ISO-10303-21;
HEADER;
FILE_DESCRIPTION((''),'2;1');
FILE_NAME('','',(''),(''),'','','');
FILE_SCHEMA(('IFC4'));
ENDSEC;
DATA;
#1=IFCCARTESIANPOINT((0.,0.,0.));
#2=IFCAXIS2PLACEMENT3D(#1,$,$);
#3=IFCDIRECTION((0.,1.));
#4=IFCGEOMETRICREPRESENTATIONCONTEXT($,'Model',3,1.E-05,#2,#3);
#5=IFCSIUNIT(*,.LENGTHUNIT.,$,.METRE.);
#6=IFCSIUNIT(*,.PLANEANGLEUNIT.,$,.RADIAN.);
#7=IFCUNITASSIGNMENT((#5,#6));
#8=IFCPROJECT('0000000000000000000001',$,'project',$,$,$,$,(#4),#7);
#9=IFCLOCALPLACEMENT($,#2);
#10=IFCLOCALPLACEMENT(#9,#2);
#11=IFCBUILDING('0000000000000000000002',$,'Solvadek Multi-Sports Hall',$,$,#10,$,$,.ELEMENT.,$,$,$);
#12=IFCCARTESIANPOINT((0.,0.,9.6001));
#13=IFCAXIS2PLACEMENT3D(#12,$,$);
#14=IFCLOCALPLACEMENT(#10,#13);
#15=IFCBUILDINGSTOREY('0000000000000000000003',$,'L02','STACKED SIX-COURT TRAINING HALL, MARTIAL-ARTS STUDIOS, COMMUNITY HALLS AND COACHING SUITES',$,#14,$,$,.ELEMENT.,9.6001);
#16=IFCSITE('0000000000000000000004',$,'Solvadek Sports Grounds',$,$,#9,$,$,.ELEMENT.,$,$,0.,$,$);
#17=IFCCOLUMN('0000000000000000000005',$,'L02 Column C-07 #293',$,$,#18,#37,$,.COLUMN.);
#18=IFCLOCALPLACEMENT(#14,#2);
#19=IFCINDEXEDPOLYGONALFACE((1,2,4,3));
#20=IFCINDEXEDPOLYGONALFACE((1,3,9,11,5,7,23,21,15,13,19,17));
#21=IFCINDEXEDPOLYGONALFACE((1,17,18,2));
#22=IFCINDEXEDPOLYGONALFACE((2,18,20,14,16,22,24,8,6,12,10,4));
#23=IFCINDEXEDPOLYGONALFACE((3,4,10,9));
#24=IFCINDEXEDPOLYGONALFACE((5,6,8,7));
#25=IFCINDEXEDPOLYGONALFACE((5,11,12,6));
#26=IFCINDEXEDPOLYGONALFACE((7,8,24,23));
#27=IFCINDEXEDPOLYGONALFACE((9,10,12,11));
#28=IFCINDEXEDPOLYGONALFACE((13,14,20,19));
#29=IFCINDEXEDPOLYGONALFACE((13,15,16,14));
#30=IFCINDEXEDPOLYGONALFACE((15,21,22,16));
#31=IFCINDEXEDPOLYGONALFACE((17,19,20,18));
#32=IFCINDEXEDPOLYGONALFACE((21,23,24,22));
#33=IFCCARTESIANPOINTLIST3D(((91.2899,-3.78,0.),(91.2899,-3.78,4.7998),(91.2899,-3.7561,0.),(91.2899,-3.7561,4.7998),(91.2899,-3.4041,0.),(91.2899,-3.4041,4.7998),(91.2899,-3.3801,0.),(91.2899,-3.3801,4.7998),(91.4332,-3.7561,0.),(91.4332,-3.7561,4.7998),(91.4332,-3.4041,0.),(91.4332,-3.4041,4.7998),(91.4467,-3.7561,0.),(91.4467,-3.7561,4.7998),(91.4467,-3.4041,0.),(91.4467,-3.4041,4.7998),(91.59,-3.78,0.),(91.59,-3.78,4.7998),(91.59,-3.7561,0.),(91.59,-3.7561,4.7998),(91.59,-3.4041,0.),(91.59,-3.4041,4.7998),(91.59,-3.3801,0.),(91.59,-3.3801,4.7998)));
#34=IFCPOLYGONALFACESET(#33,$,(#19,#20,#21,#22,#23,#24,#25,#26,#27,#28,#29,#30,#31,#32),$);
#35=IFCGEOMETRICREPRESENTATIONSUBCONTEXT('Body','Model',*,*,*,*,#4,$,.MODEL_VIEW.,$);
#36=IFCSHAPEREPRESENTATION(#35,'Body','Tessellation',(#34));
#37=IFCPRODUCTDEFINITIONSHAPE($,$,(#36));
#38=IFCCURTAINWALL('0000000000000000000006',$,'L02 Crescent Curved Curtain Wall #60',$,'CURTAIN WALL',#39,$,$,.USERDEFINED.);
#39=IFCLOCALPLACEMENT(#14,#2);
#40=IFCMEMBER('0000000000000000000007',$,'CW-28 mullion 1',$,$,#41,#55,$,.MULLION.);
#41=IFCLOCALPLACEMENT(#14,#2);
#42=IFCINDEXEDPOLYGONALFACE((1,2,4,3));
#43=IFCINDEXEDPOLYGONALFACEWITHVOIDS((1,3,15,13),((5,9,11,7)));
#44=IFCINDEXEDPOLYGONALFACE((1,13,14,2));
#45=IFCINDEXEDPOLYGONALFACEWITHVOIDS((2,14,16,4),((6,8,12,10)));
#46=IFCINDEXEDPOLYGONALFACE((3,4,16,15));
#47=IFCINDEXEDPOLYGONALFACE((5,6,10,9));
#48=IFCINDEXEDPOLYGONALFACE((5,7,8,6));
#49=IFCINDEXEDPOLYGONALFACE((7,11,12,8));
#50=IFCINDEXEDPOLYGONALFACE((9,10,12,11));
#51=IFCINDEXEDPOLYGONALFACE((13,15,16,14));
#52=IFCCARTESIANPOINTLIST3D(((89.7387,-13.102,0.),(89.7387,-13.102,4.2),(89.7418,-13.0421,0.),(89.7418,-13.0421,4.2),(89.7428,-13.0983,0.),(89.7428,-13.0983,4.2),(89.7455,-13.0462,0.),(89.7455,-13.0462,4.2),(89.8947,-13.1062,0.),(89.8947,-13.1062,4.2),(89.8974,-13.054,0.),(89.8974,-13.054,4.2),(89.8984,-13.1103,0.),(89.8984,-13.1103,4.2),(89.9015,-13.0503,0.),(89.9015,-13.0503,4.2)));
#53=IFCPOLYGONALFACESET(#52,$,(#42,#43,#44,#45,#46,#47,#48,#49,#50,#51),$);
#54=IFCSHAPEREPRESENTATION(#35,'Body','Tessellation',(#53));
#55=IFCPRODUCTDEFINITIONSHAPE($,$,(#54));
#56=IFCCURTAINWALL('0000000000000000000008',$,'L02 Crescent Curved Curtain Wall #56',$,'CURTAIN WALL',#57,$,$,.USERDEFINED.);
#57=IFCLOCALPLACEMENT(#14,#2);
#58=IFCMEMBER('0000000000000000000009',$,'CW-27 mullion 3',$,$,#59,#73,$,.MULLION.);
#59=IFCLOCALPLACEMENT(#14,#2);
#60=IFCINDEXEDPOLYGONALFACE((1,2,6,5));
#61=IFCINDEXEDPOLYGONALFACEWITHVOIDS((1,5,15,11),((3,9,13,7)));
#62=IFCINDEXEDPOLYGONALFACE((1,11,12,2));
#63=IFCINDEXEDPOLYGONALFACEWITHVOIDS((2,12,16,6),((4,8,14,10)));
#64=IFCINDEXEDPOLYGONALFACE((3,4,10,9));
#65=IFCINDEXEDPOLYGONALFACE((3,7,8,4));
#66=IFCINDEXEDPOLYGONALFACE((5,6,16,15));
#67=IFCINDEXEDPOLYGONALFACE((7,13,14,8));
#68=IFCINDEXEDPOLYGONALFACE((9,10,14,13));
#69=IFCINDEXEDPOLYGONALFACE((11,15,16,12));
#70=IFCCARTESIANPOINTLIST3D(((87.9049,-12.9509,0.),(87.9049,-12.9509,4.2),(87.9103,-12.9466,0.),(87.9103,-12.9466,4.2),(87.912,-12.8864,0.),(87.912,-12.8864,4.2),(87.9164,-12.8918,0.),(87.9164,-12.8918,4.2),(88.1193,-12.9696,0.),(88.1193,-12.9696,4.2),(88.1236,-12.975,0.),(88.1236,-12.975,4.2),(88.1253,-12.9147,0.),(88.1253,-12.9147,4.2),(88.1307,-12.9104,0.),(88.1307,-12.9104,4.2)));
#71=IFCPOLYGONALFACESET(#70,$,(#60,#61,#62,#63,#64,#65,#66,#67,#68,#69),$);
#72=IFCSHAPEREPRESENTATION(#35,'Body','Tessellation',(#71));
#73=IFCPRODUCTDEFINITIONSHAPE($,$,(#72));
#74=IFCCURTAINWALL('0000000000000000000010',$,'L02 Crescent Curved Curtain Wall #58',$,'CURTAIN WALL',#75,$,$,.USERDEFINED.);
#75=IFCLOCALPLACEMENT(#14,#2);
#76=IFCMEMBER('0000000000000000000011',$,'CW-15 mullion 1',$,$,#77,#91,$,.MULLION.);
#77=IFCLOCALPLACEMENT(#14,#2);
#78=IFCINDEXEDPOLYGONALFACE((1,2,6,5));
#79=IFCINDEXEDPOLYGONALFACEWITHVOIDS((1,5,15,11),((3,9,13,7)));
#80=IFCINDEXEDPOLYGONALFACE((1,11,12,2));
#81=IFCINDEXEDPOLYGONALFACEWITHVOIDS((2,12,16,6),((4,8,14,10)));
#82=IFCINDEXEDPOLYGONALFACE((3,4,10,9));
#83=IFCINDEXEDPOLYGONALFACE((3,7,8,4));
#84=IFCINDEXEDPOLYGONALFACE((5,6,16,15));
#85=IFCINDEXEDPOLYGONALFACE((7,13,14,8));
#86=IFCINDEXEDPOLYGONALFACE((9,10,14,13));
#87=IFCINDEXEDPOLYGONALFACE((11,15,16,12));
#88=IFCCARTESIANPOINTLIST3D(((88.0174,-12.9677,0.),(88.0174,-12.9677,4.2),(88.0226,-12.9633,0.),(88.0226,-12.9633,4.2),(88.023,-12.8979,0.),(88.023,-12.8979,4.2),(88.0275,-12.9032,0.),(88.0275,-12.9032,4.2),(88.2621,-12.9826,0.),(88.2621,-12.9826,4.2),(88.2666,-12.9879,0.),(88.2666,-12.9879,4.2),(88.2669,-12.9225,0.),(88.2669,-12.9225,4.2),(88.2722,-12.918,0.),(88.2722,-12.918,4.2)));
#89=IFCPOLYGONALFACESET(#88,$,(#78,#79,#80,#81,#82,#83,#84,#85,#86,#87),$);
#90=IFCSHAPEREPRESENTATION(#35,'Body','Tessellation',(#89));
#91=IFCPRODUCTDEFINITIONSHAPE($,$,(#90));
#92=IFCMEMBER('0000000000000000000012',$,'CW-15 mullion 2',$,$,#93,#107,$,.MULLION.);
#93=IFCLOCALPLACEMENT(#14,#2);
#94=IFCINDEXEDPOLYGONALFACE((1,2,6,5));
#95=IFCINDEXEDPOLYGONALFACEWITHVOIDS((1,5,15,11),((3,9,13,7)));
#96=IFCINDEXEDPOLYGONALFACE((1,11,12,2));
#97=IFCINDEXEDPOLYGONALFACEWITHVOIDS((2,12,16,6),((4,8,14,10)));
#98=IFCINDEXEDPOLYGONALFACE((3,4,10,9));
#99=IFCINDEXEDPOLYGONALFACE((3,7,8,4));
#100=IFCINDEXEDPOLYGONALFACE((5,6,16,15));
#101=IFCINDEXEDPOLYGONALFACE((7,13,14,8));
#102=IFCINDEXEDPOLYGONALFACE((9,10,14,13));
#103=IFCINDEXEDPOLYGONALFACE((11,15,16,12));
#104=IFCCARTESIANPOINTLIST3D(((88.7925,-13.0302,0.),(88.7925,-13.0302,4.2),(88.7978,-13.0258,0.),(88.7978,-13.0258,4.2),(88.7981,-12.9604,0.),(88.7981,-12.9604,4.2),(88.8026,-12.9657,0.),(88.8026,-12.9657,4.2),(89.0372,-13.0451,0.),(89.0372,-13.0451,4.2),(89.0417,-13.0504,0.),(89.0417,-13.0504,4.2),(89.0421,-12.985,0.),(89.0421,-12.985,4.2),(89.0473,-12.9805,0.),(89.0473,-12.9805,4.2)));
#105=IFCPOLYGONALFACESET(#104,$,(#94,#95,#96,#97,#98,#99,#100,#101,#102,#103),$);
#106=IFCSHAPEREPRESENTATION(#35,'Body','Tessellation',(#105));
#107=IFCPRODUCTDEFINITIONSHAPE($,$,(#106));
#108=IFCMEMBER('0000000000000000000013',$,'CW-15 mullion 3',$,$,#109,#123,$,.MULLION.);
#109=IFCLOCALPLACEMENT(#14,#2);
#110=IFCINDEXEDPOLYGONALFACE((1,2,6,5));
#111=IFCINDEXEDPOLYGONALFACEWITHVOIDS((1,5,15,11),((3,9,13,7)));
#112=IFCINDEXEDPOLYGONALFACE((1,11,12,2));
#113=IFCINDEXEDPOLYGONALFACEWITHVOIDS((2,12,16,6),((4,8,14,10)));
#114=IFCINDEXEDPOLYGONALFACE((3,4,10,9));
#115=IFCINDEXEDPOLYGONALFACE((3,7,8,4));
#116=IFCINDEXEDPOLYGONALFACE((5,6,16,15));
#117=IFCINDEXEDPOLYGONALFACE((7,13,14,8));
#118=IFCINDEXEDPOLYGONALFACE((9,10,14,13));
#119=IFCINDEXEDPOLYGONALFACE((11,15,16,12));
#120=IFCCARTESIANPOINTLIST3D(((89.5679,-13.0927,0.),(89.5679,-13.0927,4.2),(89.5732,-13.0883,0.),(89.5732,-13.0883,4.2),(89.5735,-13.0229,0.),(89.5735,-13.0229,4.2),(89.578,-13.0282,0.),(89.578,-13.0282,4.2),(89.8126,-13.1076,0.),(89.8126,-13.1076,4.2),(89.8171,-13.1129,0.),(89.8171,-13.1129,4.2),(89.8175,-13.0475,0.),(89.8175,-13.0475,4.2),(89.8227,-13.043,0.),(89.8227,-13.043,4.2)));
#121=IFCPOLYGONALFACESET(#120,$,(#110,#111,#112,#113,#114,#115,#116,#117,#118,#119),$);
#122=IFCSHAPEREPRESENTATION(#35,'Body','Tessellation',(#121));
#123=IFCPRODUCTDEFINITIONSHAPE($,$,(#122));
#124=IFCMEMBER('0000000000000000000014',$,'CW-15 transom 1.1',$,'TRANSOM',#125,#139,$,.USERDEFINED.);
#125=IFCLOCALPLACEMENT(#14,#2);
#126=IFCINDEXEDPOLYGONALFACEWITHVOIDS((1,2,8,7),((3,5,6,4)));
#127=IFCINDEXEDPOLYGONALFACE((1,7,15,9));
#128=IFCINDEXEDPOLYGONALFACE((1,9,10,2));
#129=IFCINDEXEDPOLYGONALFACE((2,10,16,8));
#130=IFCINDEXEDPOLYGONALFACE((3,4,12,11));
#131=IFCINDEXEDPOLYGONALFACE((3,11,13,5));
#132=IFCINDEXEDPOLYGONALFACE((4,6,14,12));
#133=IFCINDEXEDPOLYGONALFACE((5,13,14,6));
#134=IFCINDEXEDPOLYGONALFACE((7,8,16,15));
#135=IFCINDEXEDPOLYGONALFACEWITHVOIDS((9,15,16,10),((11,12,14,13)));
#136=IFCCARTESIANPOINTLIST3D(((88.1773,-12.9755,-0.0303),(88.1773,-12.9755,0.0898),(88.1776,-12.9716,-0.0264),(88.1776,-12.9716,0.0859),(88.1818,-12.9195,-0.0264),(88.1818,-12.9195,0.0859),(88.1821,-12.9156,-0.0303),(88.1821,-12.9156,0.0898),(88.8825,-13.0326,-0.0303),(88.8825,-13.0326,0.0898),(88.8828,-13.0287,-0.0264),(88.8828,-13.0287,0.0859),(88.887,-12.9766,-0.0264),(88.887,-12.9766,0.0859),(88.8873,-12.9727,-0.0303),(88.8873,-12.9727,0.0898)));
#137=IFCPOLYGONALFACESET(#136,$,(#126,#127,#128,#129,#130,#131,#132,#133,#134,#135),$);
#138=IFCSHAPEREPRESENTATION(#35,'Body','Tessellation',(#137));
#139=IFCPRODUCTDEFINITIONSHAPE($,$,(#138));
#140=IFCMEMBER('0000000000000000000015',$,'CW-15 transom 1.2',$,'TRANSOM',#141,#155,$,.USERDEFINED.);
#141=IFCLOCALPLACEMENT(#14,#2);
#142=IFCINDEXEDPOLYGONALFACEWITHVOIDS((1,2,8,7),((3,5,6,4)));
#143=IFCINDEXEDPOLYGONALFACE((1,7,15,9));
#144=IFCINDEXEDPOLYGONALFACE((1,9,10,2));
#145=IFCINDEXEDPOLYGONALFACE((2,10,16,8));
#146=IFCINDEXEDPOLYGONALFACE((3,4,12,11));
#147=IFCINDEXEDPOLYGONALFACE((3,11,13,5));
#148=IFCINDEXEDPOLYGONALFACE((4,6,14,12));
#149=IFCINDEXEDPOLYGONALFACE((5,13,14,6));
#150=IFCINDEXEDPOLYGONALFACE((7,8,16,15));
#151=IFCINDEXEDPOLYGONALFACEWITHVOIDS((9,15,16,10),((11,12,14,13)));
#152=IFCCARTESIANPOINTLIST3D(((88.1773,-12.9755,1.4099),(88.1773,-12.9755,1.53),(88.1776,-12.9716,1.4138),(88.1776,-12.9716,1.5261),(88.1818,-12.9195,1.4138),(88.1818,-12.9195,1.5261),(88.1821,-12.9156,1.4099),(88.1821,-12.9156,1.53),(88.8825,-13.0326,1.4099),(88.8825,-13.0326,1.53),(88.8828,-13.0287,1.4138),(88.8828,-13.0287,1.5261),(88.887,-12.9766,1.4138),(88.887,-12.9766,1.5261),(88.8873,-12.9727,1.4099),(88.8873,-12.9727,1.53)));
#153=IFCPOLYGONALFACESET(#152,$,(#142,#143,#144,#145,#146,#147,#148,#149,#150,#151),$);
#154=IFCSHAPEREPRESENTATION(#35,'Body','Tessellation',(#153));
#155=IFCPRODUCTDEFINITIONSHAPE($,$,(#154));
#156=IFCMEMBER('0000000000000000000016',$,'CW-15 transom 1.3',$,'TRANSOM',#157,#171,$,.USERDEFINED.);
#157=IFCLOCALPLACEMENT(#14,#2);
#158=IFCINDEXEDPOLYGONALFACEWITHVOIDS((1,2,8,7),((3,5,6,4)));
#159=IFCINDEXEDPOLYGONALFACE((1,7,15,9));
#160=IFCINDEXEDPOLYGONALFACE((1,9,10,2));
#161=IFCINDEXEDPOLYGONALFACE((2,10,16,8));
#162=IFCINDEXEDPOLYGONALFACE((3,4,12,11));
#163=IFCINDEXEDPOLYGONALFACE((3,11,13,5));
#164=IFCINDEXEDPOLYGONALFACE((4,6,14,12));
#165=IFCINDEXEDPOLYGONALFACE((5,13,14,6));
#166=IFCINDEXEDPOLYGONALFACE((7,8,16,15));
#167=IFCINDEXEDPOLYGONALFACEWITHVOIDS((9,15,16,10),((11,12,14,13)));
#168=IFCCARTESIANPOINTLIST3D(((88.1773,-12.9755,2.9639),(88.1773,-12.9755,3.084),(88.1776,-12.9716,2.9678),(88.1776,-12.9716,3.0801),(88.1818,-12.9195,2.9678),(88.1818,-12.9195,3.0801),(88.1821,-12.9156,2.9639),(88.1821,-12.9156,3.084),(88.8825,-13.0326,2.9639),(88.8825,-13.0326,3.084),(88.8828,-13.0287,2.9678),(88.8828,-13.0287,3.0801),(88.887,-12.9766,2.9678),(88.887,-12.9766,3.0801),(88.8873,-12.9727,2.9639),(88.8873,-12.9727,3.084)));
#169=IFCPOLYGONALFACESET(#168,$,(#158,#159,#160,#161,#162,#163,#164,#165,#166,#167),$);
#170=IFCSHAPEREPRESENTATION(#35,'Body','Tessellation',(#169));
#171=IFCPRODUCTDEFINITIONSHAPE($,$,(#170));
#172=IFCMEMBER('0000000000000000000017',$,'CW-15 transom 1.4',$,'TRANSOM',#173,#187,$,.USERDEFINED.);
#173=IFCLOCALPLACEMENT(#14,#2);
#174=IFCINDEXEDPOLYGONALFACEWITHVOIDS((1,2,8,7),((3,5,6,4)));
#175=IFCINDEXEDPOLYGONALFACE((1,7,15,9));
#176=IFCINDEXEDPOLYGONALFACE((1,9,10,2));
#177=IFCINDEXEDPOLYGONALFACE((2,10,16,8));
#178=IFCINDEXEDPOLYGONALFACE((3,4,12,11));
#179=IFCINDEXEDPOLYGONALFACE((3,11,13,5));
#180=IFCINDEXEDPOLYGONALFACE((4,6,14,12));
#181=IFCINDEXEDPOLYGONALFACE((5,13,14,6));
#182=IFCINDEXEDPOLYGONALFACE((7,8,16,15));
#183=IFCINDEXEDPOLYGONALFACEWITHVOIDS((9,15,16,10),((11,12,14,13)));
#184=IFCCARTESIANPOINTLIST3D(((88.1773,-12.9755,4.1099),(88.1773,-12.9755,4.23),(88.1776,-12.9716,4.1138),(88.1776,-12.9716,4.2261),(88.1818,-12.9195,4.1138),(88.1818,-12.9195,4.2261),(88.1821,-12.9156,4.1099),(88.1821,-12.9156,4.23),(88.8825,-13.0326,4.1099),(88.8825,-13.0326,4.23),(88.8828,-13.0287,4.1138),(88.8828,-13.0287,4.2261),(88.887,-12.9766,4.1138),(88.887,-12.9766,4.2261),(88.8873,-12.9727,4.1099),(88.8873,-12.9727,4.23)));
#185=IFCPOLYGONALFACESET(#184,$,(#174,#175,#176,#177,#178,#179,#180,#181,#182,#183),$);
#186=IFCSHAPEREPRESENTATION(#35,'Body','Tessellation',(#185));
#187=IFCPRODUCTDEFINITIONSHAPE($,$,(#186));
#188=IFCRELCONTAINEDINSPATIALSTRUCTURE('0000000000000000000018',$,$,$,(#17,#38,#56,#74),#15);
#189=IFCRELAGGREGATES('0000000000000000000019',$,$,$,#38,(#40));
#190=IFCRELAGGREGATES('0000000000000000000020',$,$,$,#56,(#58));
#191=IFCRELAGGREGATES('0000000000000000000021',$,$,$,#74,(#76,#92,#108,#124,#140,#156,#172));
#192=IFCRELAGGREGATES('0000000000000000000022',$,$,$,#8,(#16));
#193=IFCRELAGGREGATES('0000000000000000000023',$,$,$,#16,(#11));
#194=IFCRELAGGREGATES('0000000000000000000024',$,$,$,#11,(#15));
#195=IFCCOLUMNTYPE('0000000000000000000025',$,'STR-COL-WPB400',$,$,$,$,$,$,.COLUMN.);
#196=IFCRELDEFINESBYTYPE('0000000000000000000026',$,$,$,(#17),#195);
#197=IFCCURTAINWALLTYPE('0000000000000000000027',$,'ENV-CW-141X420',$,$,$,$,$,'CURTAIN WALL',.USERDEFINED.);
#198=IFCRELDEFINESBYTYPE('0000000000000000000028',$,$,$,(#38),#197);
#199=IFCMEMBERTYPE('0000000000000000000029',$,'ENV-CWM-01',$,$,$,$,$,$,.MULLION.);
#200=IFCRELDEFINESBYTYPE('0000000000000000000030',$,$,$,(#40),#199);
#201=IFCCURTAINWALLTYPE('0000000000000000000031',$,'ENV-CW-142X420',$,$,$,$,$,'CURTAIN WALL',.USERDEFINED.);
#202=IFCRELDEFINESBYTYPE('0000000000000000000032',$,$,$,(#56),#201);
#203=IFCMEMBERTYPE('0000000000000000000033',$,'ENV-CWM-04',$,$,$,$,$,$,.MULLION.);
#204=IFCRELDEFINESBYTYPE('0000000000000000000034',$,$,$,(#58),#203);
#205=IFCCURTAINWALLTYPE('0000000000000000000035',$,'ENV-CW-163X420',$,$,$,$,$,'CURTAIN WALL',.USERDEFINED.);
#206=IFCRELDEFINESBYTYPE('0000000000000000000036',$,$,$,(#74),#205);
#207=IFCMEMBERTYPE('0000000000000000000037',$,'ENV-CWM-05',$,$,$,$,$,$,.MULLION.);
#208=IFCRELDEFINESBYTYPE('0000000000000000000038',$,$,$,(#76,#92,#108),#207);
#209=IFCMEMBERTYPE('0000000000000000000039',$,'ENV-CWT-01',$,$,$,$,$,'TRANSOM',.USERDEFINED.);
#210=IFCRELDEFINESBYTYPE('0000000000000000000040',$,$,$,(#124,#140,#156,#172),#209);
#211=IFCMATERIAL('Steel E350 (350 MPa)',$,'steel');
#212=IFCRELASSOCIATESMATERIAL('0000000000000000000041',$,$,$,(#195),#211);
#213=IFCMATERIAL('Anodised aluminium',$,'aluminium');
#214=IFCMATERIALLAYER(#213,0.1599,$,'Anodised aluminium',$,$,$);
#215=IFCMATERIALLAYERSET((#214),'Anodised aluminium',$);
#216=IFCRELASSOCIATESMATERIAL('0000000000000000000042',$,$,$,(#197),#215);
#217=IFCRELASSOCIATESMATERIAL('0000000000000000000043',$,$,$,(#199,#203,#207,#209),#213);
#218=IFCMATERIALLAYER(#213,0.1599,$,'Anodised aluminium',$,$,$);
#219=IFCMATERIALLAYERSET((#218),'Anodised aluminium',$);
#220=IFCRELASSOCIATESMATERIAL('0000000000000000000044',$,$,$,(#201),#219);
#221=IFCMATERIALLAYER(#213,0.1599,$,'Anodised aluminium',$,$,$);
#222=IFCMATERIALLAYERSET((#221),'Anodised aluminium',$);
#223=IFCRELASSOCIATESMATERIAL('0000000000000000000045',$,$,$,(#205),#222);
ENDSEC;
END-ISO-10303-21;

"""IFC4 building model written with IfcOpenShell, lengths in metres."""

from ifc_helpers import new_model, si_unit, direction, frame, origin, origin_2d, place, context, subcontext, project, spatial, hollow_rectangle, i_section, extrude, material, layer, layer_set, material_profile, profile_set, type_object, element, aggregate, save


model = new_model("IFC4")

# Units and contexts
model_context = context("Model", 3, precision=1e-05, world=origin(), true_north=direction((0.0, 1.0)))
body_context = subcontext(model_context, "Body", "Model", "MODEL_VIEW")
ifc_project = project(units=[si_unit("LENGTHUNIT", "METRE"), si_unit("PLANEANGLEUNIT", "RADIAN")], contexts=[model_context])

# Site, building, storey
site_placement = place(None, origin())
site = spatial("IfcSite", under=ifc_project, at=site_placement, Name="Solvadek Sports Grounds", CompositionType="ELEMENT", RefElevation=0.0)
building_placement = place(site_placement, origin())
building = spatial("IfcBuilding", under=site, at=building_placement, Name="Solvadek Multi-Sports Hall", CompositionType="ELEMENT")
storey_placement = place(building_placement, frame((0.0, 0.0, 9.6001)))
storey = spatial("IfcBuildingStorey", under=building, at=storey_placement, Name="L02", Description="STACKED SIX-COURT TRAINING HALL, MARTIAL-ARTS STUDIOS, COMMUNITY HALLS AND COACHING SUITES", CompositionType="ELEMENT", Elevation=9.6001)

# Column
ifc_material_1 = material(Name="Steel E350 (350 MPa)", Category="steel")
ifc_material_profile_1 = material_profile(ifc_material_1, i_section(OverallWidth=0.3, OverallDepth=0.3999, WebThickness=0.0134, FlangeThickness=0.0239, at=origin_2d()), Name="WPB 400")
ifc_profile_set_1 = profile_set([ifc_material_profile_1], Name="Steel E350 (350 MPa)")
column_type = type_object("IfcColumnType", Name="STR-COL-WPB400", PredefinedType="COLUMN", material=ifc_profile_set_1)
column_placement = place(storey_placement, frame((91.4399, -3.5801, 0.0), z_axis=(0.0, 0.0, 1.0), x_axis=(1.0, 0.0, 0.0)))
element("IfcColumn", 1, at=column_placement, inside=storey, type_object=column_type, Name="L02 Column C-07 #293", PredefinedType="COLUMN", context=body_context, shape_type="SweptSolid", body=[
    extrude(i_section(OverallWidth=0.3, OverallDepth=0.3999, WebThickness=0.0134, FlangeThickness=0.0239, at=origin_2d()), origin(), (0.0, 0.0, 1.0), 4.7998),
])

# Curtain walls, members
ifc_material_2 = material(Name="Anodised aluminium", Category="aluminium")
ifc_layer_1 = layer(ifc_material_2, 0.1599, Name="Anodised aluminium")
ifc_layer_set_1 = layer_set([ifc_layer_1], Name="Anodised aluminium")
curtain_wall_type_1 = type_object("IfcCurtainWallType", Name="ENV-CW-141X420", ElementType="CURTAIN WALL", PredefinedType="USERDEFINED", material=ifc_layer_set_1)
curtain_wall_1_placement = place(storey_placement, origin())
curtain_wall_1 = element("IfcCurtainWall", 2, at=curtain_wall_1_placement, inside=storey, type_object=curtain_wall_type_1, Name="L02 Crescent Curved Curtain Wall #60", ObjectType="CURTAIN WALL", PredefinedType="USERDEFINED")
ifc_material_profile_2 = material_profile(ifc_material_2, hollow_rectangle(XDim=0.0601, YDim=0.1599, WallThickness=0.0039, at=origin_2d()), Name="ALU-M 160x60x4")
ifc_profile_set_2 = profile_set([ifc_material_profile_2], Name="Anodised aluminium")
member_type_1 = type_object("IfcMemberType", Name="ENV-CWM-01", PredefinedType="MULLION", material=ifc_profile_set_2)
member_1_placement = place(storey_placement, frame((89.8201, -13.0762, 0.0), z_axis=(0.0, 0.0, 1.0), x_axis=(0.051552, 0.99867, 0.0)))
member_1 = element("IfcMember", 3, at=member_1_placement, type_object=member_type_1, Name="CW-28 mullion 1", PredefinedType="MULLION", context=body_context, shape_type="SweptSolid", body=[
    extrude(hollow_rectangle(XDim=0.0601, YDim=0.1599, WallThickness=0.0039, at=origin_2d()), origin(), (0.0, 0.0, 1.0), 4.2),
])
ifc_layer_2 = layer(ifc_material_2, 0.1599, Name="Anodised aluminium")
ifc_layer_set_2 = layer_set([ifc_layer_2], Name="Anodised aluminium")
curtain_wall_type_2 = type_object("IfcCurtainWallType", Name="ENV-CW-142X420", ElementType="CURTAIN WALL", PredefinedType="USERDEFINED", material=ifc_layer_set_2)
curtain_wall_2_placement = place(storey_placement, origin())
curtain_wall_2 = element("IfcCurtainWall", 4, at=curtain_wall_2_placement, inside=storey, type_object=curtain_wall_type_2, Name="L02 Crescent Curved Curtain Wall #56", ObjectType="CURTAIN WALL", PredefinedType="USERDEFINED")
ifc_material_profile_3 = material_profile(ifc_material_2, hollow_rectangle(XDim=0.0649, YDim=0.22, WallThickness=0.0049, at=origin_2d()), Name="ALU-M 220x65x5")
ifc_profile_set_3 = profile_set([ifc_material_profile_3], Name="Anodised aluminium")
member_type_2 = type_object("IfcMemberType", Name="ENV-CWM-04", PredefinedType="MULLION", material=ifc_profile_set_3)
member_2_placement = place(storey_placement, frame((88.0178, -12.9307, 0.0), z_axis=(0.0, 0.0, 1.0), x_axis=(0.109288, 0.99401, 0.0)))
member_2 = element("IfcMember", 5, at=member_2_placement, type_object=member_type_2, Name="CW-27 mullion 3", PredefinedType="MULLION", context=body_context, shape_type="SweptSolid", body=[
    extrude(hollow_rectangle(XDim=0.0649, YDim=0.22, WallThickness=0.0049, at=origin_2d()), origin(), (0.0, 0.0, 1.0), 4.2),
])

# Curtain wall, members
ifc_layer_3 = layer(ifc_material_2, 0.1599, Name="Anodised aluminium")
ifc_layer_set_3 = layer_set([ifc_layer_3], Name="Anodised aluminium")
curtain_wall_type_3 = type_object("IfcCurtainWallType", Name="ENV-CW-163X420", ElementType="CURTAIN WALL", PredefinedType="USERDEFINED", material=ifc_layer_set_3)
curtain_wall_3_placement = place(storey_placement, origin())
curtain_wall_3 = element("IfcCurtainWall", 6, at=curtain_wall_3_placement, inside=storey, type_object=curtain_wall_type_3, Name="L02 Crescent Curved Curtain Wall #58", ObjectType="CURTAIN WALL", PredefinedType="USERDEFINED")
ifc_material_profile_4 = material_profile(ifc_material_2, hollow_rectangle(XDim=0.0701, YDim=0.25, WallThickness=0.0049, at=origin_2d()), Name="ALU-M 250x70x5")
ifc_profile_set_4 = profile_set([ifc_material_profile_4], Name="Anodised aluminium")
member_type_3 = type_object("IfcMemberType", Name="ENV-CWM-05", PredefinedType="MULLION", material=ifc_profile_set_4)
member_3_placement = place(storey_placement, frame((88.1448, -12.9429, 0.0), z_axis=(0.0, 0.0, 1.0), x_axis=(0.080469, 0.996757, 0.0)))
member_3 = element("IfcMember", 7, at=member_3_placement, type_object=member_type_3, Name="CW-15 mullion 1", PredefinedType="MULLION", context=body_context, shape_type="SweptSolid", body=[
    extrude(hollow_rectangle(XDim=0.0701, YDim=0.25, WallThickness=0.0049, at=origin_2d()), origin(), (0.0, 0.0, 1.0), 4.2),
])
member_4_placement = place(storey_placement, frame((88.9199, -13.0054, 0.0), z_axis=(0.0, 0.0, 1.0), x_axis=(0.080469, 0.996757, 0.0)))
member_4 = element("IfcMember", 8, at=member_4_placement, type_object=member_type_3, Name="CW-15 mullion 2", PredefinedType="MULLION", context=body_context, shape_type="SweptSolid", body=[
    extrude(hollow_rectangle(XDim=0.0701, YDim=0.25, WallThickness=0.0049, at=origin_2d()), origin(), (0.0, 0.0, 1.0), 4.2),
])
member_5_placement = place(storey_placement, frame((89.6953, -13.0679, 0.0), z_axis=(0.0, 0.0, 1.0), x_axis=(0.080469, 0.996757, 0.0)))
member_5 = element("IfcMember", 9, at=member_5_placement, type_object=member_type_3, Name="CW-15 mullion 3", PredefinedType="MULLION", context=body_context, shape_type="SweptSolid", body=[
    extrude(hollow_rectangle(XDim=0.0701, YDim=0.25, WallThickness=0.0049, at=origin_2d()), origin(), (0.0, 0.0, 1.0), 4.2),
])
ifc_material_profile_5 = material_profile(ifc_material_2, hollow_rectangle(XDim=0.0601, YDim=0.1201, WallThickness=0.0039, at=origin_2d()), Name="ALU-T 120x60x4")
ifc_profile_set_5 = profile_set([ifc_material_profile_5], Name="Anodised aluminium")
member_type_4 = type_object("IfcMemberType", Name="ENV-CWT-01", ElementType="TRANSOM", PredefinedType="USERDEFINED", material=ifc_profile_set_5)
member_6_placement = place(storey_placement, frame((88.1797, -12.9456, 0.0298), z_axis=(0.996736, -0.080732, 0.0), x_axis=(0.080732, 0.996736, 0.0)))
member_6 = element("IfcMember", 10, at=member_6_placement, type_object=member_type_4, Name="CW-15 transom 1.1", ObjectType="TRANSOM", PredefinedType="USERDEFINED", context=body_context, shape_type="SweptSolid", body=[
    extrude(hollow_rectangle(XDim=0.0601, YDim=0.1201, WallThickness=0.0039, at=origin_2d()), origin(), (0.0, 0.0, 1.0), 0.7075),
])
member_7_placement = place(storey_placement, frame((88.1797, -12.9456, 1.47), z_axis=(0.996736, -0.080732, 0.0), x_axis=(0.080732, 0.996736, 0.0)))
member_7 = element("IfcMember", 11, at=member_7_placement, type_object=member_type_4, Name="CW-15 transom 1.2", ObjectType="TRANSOM", PredefinedType="USERDEFINED", context=body_context, shape_type="SweptSolid", body=[
    extrude(hollow_rectangle(XDim=0.0601, YDim=0.1201, WallThickness=0.0039, at=origin_2d()), origin(), (0.0, 0.0, 1.0), 0.7075),
])
member_8_placement = place(storey_placement, frame((88.1797, -12.9456, 3.0239), z_axis=(0.996736, -0.080732, 0.0), x_axis=(0.080732, 0.996736, 0.0)))
member_8 = element("IfcMember", 12, at=member_8_placement, type_object=member_type_4, Name="CW-15 transom 1.3", ObjectType="TRANSOM", PredefinedType="USERDEFINED", context=body_context, shape_type="SweptSolid", body=[
    extrude(hollow_rectangle(XDim=0.0601, YDim=0.1201, WallThickness=0.0039, at=origin_2d()), origin(), (0.0, 0.0, 1.0), 0.7075),
])
member_9_placement = place(storey_placement, frame((88.1797, -12.9456, 4.1699), z_axis=(0.996736, -0.080732, 0.0), x_axis=(0.080732, 0.996736, 0.0)))
member_9 = element("IfcMember", 13, at=member_9_placement, type_object=member_type_4, Name="CW-15 transom 1.4", ObjectType="TRANSOM", PredefinedType="USERDEFINED", context=body_context, shape_type="SweptSolid", body=[
    extrude(hollow_rectangle(XDim=0.0601, YDim=0.1201, WallThickness=0.0039, at=origin_2d()), origin(), (0.0, 0.0, 1.0), 0.7075),
])

aggregate(curtain_wall_1, [member_1])

aggregate(curtain_wall_2, [member_2])
aggregate(curtain_wall_3, [member_3, member_4, member_5, member_6, member_7, member_8, member_9])

save(model, "model.ifc")
